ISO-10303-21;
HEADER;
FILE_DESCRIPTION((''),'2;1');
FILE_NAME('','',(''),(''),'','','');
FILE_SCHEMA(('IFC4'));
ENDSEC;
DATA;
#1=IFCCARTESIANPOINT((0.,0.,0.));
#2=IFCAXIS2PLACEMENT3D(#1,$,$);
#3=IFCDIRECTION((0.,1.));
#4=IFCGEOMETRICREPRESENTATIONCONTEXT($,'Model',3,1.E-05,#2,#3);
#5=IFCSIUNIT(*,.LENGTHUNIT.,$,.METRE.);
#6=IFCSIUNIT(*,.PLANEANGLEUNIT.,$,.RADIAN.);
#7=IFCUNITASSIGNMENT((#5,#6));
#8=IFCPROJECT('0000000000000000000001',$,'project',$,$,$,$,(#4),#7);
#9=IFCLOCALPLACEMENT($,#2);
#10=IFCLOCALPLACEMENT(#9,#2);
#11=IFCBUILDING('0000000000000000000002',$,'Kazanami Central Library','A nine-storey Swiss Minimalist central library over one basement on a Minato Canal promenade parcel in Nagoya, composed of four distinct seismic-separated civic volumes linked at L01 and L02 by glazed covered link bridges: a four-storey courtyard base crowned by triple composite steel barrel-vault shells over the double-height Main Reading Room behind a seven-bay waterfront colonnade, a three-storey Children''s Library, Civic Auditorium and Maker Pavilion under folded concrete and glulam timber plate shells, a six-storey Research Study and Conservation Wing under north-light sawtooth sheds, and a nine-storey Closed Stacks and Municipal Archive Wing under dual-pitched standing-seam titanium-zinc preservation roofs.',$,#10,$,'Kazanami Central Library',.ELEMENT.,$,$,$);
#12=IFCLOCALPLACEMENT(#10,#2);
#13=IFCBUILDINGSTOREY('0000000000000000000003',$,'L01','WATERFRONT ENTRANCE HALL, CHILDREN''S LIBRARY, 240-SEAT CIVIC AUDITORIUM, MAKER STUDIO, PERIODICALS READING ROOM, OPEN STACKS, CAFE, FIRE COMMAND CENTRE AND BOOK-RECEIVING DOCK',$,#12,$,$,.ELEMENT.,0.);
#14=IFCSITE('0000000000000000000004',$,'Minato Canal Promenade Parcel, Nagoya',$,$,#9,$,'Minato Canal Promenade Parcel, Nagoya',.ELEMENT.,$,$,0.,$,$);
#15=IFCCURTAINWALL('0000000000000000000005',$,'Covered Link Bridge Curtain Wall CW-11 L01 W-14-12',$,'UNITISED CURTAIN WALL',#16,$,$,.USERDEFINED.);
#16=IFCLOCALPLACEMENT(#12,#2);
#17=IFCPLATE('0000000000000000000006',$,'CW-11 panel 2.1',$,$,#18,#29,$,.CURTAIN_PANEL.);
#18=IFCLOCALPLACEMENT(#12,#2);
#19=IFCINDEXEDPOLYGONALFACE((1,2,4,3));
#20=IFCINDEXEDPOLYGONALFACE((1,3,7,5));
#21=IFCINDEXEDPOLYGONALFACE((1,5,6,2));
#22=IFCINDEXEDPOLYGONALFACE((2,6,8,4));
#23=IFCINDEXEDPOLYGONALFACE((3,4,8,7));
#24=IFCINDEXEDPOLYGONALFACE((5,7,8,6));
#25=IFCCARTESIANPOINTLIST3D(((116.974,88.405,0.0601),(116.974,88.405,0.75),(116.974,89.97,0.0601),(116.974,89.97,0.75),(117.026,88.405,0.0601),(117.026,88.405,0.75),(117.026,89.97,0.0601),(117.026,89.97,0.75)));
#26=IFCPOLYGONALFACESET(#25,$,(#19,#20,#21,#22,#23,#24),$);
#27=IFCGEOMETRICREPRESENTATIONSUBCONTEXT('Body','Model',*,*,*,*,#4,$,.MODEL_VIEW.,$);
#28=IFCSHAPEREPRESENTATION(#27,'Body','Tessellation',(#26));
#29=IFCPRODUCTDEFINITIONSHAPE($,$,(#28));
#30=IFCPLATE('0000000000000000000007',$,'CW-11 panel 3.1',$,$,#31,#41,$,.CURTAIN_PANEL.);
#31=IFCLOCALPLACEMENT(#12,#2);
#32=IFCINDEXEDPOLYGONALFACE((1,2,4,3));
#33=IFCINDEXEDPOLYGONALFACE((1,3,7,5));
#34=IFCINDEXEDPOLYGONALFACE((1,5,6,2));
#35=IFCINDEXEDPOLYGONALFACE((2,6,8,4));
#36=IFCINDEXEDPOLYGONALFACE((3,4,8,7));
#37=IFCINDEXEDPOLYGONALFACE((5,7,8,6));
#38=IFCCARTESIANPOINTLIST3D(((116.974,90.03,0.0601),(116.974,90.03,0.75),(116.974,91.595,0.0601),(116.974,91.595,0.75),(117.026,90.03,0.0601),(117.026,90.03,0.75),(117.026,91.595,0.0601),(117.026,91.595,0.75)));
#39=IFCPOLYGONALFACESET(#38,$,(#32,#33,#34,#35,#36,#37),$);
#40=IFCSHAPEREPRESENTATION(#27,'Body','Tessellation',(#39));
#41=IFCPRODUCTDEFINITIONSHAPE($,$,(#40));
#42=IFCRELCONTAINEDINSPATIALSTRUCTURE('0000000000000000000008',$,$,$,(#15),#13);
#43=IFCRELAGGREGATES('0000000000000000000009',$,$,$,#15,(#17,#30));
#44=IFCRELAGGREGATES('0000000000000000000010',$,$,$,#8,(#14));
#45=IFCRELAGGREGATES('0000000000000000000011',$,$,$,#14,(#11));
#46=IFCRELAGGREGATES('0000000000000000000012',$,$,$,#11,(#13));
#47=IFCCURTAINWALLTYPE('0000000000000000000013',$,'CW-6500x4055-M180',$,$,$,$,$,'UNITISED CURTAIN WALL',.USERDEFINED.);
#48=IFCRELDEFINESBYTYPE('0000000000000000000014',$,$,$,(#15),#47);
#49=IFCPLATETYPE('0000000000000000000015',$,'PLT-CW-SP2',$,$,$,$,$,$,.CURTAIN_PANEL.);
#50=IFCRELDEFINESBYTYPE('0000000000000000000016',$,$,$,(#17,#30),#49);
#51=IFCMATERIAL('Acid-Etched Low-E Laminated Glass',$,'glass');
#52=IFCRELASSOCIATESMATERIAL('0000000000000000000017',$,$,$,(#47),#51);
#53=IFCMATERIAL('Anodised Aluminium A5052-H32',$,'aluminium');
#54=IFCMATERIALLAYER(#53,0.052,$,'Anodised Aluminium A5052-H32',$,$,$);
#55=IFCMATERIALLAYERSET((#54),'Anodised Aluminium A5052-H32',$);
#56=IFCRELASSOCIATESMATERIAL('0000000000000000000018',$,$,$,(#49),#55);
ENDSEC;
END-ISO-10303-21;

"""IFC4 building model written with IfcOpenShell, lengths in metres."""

from ifc_helpers import new_model, si_unit, direction, frame, origin, origin_2d, place, context, subcontext, project, spatial, rectangle, extrude, material, layer, layer_set, type_object, element, aggregate, save


model = new_model("IFC4")

# Units and contexts
model_context = context("Model", 3, precision=1e-05, world=origin(), true_north=direction((0.0, 1.0)))
body_context = subcontext(model_context, "Body", "Model", "MODEL_VIEW")
ifc_project = project(units=[si_unit("LENGTHUNIT", "METRE"), si_unit("PLANEANGLEUNIT", "RADIAN")], contexts=[model_context])

# Site, building, storey
site_placement = place(None, origin())
site = spatial("IfcSite", under=ifc_project, at=site_placement, Name="Minato Canal Promenade Parcel, Nagoya", LongName="Minato Canal Promenade Parcel, Nagoya", CompositionType="ELEMENT", RefElevation=0.0)
building_placement = place(site_placement, origin())
building = spatial("IfcBuilding", under=site, at=building_placement, Name="Kazanami Central Library", Description="A nine-storey Swiss Minimalist central library over one basement on a Minato Canal promenade parcel in Nagoya, composed of four distinct seismic-separated civic volumes linked at L01 and L02 by glazed covered link bridges: a four-storey courtyard base crowned by triple composite steel barrel-vault shells over the double-height Main Reading Room behind a seven-bay waterfront colonnade, a three-storey Children's Library, Civic Auditorium and Maker Pavilion under folded concrete and glulam timber plate shells, a six-storey Research Study and Conservation Wing under north-light sawtooth sheds, and a nine-storey Closed Stacks and Municipal Archive Wing under dual-pitched standing-seam titanium-zinc preservation roofs.", LongName="Kazanami Central Library", CompositionType="ELEMENT")
storey_placement = place(building_placement, origin())
storey = spatial("IfcBuildingStorey", under=building, at=storey_placement, Name="L01", Description="WATERFRONT ENTRANCE HALL, CHILDREN'S LIBRARY, 240-SEAT CIVIC AUDITORIUM, MAKER STUDIO, PERIODICALS READING ROOM, OPEN STACKS, CAFE, FIRE COMMAND CENTRE AND BOOK-RECEIVING DOCK", CompositionType="ELEMENT", Elevation=0.0)

# Curtain wall
ifc_material_1 = material(Name="Acid-Etched Low-E Laminated Glass", Category="glass")
curtain_wall_type_1 = type_object("IfcCurtainWallType", Name="CW-6500x4055-M180", ElementType="UNITISED CURTAIN WALL", PredefinedType="USERDEFINED", material=ifc_material_1)
curtain_wall_1_placement = place(storey_placement, origin())
curtain_wall_1 = element("IfcCurtainWall", 1, at=curtain_wall_1_placement, inside=storey, type_object=curtain_wall_type_1, Name="Covered Link Bridge Curtain Wall CW-11 L01 W-14-12", ObjectType="UNITISED CURTAIN WALL", PredefinedType="USERDEFINED")

# Plates
ifc_material_2 = material(Name="Anodised Aluminium A5052-H32", Category="aluminium")
ifc_layer_1 = layer(ifc_material_2, 0.052, Name="Anodised Aluminium A5052-H32")
ifc_layer_set_1 = layer_set([ifc_layer_1], Name="Anodised Aluminium A5052-H32")
plate_type_1 = type_object("IfcPlateType", Name="PLT-CW-SP2", PredefinedType="CURTAIN_PANEL", material=ifc_layer_set_1)
plate_1_placement = place(storey_placement, frame((117.0, 89.1875, 0.0601), z_axis=(0.0, 0.0, 1.0), x_axis=(0.0, 1.0, 0.0)))
plate_1 = element("IfcPlate", 2, at=plate_1_placement, type_object=plate_type_1, Name="CW-11 panel 2.1", PredefinedType="CURTAIN_PANEL", context=body_context, shape_type="SweptSolid", body=[
    extrude(rectangle(XDim=1.5649, YDim=0.052, at=origin_2d()), origin(), (0.0, 0.0, 1.0), 0.6899),
])
plate_2_placement = place(storey_placement, frame((117.0, 90.8125, 0.0601), z_axis=(0.0, 0.0, 1.0), x_axis=(0.0, 1.0, 0.0)))
plate_2 = element("IfcPlate", 3, at=plate_2_placement, type_object=plate_type_1, Name="CW-11 panel 3.1", PredefinedType="CURTAIN_PANEL", context=body_context, shape_type="SweptSolid", body=[
    extrude(rectangle(XDim=1.5649, YDim=0.052, at=origin_2d()), origin(), (0.0, 0.0, 1.0), 0.6899),
])
aggregate(curtain_wall_1, [plate_1, plate_2])

save(model, "model.ifc")
